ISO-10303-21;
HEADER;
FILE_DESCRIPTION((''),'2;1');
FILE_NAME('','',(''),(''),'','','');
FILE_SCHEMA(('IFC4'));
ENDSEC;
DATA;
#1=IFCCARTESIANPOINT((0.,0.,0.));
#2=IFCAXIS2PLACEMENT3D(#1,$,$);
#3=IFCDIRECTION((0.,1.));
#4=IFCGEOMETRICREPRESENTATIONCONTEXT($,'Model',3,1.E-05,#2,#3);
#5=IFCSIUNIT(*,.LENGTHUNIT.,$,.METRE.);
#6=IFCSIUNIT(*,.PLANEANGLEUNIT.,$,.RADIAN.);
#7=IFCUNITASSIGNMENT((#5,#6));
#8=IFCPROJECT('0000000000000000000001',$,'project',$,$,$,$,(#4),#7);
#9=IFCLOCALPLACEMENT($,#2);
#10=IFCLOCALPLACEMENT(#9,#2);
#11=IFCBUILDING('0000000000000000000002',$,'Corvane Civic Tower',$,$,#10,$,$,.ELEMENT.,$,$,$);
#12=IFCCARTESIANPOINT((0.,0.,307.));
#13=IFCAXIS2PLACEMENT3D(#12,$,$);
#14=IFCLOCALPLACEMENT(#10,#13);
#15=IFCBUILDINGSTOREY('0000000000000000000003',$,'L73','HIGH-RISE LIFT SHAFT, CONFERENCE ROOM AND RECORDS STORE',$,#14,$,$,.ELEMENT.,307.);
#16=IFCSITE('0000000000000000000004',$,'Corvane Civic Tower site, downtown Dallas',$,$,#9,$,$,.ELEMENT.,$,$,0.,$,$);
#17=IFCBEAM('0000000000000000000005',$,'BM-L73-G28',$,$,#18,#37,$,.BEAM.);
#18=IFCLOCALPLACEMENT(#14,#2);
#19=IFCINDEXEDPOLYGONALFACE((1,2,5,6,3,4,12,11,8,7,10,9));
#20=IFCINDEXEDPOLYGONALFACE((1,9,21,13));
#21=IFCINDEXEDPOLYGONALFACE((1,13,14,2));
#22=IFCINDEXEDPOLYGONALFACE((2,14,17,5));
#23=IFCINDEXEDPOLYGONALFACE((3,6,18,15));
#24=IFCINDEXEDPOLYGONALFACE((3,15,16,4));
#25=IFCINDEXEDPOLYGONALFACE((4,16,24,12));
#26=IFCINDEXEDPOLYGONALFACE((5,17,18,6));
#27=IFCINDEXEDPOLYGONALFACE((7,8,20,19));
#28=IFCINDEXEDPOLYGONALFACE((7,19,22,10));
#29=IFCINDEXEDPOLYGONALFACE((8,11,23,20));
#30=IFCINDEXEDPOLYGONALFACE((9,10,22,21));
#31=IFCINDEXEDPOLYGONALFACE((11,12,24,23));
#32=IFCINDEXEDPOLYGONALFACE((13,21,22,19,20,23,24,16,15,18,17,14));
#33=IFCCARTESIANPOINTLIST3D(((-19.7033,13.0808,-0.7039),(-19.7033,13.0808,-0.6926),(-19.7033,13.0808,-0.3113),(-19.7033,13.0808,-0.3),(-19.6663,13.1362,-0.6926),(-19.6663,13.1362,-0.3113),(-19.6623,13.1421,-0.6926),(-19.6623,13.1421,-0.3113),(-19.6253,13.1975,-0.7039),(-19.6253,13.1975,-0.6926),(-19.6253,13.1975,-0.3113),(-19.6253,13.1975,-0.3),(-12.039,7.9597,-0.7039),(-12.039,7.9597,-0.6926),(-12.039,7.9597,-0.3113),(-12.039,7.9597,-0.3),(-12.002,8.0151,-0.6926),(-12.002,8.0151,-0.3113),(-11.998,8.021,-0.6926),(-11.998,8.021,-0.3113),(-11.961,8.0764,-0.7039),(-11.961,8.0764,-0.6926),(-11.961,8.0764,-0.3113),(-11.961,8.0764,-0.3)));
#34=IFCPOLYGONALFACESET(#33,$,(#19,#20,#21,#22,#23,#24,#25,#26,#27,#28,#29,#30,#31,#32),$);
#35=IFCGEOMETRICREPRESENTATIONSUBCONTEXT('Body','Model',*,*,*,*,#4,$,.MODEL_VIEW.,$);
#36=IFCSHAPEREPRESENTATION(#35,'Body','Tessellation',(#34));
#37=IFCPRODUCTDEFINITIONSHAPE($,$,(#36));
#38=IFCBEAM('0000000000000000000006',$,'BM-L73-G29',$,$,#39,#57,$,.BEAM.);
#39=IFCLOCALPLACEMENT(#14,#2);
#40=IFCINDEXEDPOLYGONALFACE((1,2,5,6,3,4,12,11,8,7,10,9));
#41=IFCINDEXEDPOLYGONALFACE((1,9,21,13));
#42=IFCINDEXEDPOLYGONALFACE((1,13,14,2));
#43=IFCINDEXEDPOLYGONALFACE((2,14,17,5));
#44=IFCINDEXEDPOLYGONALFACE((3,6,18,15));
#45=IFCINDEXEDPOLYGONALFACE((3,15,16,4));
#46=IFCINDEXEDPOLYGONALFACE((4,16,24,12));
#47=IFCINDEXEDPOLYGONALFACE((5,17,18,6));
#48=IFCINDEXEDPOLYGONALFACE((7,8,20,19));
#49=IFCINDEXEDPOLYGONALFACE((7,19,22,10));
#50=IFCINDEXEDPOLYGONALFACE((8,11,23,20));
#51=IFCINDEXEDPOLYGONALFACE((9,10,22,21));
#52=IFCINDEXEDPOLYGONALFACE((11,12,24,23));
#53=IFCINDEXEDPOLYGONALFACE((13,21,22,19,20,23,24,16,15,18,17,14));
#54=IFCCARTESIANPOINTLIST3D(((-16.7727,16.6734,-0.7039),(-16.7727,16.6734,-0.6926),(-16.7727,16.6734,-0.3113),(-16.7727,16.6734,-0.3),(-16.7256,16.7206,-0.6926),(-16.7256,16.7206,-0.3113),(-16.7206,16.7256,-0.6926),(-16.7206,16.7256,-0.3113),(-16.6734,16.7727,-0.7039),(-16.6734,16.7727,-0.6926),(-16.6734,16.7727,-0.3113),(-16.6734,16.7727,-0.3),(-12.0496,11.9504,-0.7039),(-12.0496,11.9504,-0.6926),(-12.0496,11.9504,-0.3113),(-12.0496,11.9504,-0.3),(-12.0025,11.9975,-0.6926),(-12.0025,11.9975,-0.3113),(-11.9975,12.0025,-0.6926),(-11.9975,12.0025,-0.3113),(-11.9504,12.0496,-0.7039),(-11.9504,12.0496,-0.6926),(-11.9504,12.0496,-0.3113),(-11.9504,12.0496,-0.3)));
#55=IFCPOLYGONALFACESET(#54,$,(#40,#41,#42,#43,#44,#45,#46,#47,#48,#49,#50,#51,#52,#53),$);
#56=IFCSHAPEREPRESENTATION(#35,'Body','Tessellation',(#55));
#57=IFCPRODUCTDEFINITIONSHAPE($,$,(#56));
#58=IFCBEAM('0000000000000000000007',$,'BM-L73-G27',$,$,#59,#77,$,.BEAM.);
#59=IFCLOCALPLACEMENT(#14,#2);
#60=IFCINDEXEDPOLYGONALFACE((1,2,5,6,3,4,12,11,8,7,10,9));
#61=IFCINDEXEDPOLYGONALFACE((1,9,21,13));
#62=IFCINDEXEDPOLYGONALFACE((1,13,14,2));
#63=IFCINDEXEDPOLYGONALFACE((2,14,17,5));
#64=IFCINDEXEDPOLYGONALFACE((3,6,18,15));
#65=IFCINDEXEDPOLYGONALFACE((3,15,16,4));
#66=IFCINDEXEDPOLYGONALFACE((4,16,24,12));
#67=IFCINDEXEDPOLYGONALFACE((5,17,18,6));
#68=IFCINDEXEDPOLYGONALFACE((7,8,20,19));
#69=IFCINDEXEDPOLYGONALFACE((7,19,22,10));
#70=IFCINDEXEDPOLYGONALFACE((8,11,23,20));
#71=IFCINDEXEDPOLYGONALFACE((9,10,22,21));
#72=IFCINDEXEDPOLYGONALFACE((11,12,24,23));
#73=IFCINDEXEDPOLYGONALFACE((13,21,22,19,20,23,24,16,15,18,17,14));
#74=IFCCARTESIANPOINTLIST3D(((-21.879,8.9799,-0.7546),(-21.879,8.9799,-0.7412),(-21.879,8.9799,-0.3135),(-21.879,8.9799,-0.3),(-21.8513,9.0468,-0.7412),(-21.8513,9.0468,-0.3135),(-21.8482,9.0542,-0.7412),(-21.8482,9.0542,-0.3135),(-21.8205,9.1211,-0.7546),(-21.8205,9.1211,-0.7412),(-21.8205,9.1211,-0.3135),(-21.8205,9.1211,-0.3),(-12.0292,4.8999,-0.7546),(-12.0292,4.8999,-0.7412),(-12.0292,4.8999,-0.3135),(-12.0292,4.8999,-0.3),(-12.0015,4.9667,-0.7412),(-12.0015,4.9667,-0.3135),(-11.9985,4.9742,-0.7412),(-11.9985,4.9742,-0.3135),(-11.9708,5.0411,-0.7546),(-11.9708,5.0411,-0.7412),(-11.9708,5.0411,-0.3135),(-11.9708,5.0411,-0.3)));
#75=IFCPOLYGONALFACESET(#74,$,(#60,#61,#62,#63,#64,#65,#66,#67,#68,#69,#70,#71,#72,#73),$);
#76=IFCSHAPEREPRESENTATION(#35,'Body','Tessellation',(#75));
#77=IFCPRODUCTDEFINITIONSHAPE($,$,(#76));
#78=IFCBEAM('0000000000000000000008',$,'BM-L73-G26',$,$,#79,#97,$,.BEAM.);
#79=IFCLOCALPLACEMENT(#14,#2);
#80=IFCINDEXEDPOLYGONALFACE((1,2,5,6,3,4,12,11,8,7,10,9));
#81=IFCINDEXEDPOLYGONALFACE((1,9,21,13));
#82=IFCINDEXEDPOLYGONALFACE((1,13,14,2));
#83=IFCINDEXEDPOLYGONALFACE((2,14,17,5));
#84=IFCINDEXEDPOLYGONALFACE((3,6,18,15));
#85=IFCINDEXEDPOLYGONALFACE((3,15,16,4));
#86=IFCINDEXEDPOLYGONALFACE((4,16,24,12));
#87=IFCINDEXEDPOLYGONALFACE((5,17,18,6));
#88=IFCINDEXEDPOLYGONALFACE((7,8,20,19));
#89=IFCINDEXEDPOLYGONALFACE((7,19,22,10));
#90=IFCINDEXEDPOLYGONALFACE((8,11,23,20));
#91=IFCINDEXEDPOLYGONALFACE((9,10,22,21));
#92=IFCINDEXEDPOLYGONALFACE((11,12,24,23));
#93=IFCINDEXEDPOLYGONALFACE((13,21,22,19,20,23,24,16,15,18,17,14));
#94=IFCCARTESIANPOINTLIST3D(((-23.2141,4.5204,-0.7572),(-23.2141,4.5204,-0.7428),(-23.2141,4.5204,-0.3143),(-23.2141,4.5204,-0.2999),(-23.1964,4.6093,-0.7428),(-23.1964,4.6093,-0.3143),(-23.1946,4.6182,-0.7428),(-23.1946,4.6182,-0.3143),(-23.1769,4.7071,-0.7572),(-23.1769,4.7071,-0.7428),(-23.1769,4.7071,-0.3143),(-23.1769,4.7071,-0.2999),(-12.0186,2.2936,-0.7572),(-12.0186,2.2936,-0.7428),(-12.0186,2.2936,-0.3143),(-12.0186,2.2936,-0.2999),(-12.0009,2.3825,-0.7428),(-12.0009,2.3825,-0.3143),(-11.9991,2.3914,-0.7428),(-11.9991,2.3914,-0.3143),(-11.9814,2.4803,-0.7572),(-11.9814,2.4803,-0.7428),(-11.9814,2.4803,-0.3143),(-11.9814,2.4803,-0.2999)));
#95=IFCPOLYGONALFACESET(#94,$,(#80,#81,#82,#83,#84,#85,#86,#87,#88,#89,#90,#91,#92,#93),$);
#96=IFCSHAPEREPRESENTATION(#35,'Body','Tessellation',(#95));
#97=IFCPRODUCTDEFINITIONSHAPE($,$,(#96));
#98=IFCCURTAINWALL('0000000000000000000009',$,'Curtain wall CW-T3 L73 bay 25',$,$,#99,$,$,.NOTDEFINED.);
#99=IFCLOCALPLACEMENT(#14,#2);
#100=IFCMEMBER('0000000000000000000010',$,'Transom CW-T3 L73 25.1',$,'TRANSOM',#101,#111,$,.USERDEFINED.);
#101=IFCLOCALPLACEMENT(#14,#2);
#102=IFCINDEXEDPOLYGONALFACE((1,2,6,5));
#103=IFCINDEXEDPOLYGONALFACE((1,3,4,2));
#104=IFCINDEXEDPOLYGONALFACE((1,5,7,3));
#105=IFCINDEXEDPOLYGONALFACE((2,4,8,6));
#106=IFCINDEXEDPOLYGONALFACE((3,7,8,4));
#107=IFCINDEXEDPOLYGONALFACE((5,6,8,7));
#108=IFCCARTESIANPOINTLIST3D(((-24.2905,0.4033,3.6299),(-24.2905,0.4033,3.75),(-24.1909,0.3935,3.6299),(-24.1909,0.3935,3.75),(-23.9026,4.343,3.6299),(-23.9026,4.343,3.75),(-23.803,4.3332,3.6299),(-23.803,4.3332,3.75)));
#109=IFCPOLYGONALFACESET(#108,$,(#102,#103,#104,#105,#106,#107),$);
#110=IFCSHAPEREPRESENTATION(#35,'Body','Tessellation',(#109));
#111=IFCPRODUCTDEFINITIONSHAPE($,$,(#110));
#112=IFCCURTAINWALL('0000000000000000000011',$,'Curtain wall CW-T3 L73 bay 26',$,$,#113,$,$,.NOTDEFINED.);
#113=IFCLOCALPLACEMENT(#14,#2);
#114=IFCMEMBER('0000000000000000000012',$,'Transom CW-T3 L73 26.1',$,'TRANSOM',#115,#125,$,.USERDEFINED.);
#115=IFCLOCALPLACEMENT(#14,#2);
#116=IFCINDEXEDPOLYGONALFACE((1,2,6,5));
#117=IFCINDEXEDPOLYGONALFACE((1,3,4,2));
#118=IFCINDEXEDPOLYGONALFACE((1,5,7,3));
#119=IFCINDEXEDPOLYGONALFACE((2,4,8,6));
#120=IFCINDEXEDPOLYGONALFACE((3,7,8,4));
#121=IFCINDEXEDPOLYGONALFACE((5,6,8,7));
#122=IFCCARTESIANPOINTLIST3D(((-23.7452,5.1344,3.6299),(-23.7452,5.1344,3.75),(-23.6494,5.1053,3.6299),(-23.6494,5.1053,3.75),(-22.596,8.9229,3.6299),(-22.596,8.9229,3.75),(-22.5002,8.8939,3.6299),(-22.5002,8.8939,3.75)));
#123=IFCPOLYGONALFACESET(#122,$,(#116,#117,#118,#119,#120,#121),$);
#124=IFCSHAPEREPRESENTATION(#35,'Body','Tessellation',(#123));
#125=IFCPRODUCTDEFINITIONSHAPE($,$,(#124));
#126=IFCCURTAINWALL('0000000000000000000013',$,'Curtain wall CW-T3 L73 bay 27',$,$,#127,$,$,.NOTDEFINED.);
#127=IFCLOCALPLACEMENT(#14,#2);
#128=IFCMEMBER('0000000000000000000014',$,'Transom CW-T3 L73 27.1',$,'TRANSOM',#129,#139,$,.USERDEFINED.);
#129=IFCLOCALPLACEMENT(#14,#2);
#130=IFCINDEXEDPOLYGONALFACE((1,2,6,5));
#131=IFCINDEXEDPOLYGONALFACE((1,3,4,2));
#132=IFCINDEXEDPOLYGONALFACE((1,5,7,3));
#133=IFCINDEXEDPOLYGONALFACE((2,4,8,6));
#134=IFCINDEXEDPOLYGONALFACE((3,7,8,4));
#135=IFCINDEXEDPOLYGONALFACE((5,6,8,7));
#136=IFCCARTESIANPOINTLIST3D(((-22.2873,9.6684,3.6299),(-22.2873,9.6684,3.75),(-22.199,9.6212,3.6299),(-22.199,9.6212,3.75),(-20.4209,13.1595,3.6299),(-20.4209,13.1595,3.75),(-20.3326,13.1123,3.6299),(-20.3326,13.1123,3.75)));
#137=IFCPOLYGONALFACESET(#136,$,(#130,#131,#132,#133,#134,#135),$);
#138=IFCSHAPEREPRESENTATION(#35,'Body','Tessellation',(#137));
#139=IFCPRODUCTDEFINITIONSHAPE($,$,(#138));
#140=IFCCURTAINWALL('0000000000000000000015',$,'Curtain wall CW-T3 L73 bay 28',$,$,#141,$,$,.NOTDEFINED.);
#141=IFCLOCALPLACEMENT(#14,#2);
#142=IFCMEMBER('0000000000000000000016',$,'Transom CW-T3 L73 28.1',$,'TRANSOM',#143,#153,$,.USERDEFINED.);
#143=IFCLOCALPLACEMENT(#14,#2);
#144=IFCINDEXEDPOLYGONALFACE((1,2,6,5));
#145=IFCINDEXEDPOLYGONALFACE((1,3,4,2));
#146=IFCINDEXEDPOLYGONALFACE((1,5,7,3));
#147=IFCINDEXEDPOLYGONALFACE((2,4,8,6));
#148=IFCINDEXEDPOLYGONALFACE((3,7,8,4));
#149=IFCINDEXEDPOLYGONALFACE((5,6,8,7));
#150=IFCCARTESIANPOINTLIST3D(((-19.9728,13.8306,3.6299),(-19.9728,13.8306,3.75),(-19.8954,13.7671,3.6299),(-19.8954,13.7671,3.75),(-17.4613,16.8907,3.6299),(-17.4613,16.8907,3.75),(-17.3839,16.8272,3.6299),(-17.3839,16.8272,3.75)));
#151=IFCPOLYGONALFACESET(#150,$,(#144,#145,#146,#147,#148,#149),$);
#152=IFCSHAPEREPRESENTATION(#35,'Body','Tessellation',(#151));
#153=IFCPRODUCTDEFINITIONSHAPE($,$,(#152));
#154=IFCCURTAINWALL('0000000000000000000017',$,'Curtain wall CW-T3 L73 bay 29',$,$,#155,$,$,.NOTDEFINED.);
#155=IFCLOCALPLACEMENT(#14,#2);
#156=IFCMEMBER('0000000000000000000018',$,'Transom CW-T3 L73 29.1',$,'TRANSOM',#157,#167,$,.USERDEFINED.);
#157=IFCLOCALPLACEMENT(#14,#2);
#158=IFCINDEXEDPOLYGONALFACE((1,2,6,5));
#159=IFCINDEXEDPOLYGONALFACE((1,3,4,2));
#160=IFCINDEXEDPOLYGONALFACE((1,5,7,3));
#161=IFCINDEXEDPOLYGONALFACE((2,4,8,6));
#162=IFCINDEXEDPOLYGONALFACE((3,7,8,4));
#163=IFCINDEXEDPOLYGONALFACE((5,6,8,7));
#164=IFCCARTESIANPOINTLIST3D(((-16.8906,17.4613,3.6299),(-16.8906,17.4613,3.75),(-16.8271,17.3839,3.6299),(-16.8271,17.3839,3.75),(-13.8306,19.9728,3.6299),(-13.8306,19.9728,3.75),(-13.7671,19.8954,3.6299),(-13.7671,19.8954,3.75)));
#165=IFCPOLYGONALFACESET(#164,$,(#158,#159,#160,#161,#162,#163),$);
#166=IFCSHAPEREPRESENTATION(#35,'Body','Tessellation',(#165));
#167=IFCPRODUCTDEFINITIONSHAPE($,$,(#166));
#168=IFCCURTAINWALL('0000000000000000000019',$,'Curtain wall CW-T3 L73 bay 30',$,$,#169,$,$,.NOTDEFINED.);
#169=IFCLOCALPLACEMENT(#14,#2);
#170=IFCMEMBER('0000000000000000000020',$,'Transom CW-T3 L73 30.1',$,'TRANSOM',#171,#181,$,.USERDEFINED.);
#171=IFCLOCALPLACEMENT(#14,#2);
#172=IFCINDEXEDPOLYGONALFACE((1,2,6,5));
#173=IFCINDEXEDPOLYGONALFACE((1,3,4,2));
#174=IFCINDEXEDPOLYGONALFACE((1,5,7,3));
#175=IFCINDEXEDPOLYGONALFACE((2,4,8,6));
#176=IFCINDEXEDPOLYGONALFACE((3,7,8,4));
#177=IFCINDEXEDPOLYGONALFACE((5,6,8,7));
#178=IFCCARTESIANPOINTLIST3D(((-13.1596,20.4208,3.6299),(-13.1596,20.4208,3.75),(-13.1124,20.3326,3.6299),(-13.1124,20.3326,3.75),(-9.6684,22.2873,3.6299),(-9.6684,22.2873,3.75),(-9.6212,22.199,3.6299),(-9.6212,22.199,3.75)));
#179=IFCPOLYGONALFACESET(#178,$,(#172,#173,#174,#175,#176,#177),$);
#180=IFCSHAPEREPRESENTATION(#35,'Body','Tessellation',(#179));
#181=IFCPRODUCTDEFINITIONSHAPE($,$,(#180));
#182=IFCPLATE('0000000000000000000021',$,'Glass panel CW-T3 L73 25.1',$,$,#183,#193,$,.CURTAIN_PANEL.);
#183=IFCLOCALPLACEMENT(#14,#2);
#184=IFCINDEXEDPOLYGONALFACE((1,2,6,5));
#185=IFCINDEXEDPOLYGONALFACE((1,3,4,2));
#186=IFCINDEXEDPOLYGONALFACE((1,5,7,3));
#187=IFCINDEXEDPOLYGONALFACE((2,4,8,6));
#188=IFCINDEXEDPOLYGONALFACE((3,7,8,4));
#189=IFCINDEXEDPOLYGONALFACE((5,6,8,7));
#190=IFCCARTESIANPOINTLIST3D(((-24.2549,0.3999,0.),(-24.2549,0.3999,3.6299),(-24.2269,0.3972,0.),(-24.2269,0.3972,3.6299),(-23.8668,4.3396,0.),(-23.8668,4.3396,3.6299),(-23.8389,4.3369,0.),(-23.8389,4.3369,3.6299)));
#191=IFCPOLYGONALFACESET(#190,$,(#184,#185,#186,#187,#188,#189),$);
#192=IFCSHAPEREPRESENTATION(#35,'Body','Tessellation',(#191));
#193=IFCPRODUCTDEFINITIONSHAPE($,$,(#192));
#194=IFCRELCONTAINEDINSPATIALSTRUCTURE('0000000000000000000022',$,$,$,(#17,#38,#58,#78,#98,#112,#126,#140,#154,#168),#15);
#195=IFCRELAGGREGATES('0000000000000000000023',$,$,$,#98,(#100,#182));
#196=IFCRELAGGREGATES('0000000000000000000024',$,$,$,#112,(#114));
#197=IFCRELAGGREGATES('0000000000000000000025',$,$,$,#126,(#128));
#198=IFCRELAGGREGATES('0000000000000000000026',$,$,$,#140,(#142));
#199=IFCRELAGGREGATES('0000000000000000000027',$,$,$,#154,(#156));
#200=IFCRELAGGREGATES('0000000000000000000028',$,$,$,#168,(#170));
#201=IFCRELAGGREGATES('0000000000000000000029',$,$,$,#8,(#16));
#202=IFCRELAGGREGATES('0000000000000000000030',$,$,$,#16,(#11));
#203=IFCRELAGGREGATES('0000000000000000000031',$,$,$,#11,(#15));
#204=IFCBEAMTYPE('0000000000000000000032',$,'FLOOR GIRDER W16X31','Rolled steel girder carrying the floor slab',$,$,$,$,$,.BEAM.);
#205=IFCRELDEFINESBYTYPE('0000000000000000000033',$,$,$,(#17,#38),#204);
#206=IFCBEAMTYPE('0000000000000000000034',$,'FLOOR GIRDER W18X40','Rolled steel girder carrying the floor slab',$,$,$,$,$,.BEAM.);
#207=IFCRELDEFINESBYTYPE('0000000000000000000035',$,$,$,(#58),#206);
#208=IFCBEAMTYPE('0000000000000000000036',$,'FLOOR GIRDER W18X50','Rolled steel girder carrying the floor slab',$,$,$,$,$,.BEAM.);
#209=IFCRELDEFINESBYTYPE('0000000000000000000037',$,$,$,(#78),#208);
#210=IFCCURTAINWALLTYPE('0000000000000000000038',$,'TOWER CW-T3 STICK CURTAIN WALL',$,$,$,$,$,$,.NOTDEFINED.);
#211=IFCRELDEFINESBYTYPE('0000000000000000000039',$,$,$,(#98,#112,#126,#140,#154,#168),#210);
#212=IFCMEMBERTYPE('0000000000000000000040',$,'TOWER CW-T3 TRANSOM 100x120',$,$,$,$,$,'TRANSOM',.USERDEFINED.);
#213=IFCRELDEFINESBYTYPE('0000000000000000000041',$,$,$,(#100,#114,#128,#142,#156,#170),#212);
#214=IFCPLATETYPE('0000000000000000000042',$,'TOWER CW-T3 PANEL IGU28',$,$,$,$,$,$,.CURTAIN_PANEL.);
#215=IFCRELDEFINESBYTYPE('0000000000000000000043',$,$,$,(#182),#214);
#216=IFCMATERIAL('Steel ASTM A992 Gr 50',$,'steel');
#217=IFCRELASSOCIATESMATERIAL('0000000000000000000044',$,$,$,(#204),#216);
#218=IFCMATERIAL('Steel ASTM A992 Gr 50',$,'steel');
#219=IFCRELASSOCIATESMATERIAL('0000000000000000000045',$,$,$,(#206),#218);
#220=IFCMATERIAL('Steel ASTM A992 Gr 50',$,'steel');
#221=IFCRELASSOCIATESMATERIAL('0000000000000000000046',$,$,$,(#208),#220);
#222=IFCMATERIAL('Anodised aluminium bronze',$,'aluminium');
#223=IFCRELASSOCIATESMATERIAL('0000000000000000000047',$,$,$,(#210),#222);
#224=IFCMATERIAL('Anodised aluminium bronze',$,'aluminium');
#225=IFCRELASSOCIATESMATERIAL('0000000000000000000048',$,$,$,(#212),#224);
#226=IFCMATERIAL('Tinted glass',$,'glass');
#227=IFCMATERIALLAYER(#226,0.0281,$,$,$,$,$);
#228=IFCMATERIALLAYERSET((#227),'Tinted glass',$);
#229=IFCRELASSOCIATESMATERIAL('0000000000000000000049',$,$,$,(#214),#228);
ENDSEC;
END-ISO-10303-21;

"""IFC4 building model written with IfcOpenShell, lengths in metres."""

from ifc_helpers import new_model, si_unit, direction, frame, origin, origin_2d, place, context, subcontext, project, spatial, rectangle, i_section, extrude, material, layer, layer_set, material_profile, profile_set, type_object, element, aggregate, save


model = new_model("IFC4")

# Units and contexts
model_context = context("Model", 3, precision=1e-05, world=origin(), true_north=direction((0.0, 1.0)))
body_context = subcontext(model_context, "Body", "Model", "MODEL_VIEW")
ifc_project = project(units=[si_unit("LENGTHUNIT", "METRE"), si_unit("PLANEANGLEUNIT", "RADIAN")], contexts=[model_context])

# Site, building, storey
site_placement = place(None, origin())
site = spatial("IfcSite", under=ifc_project, at=site_placement, Name="Corvane Civic Tower site, downtown Dallas", CompositionType="ELEMENT", RefElevation=0.0)
building_placement = place(site_placement, origin())
building = spatial("IfcBuilding", under=site, at=building_placement, Name="Corvane Civic Tower", CompositionType="ELEMENT")
storey_placement = place(building_placement, frame((0.0, 0.0, 307.0)))
storey = spatial("IfcBuildingStorey", under=building, at=storey_placement, Name="L73", Description="HIGH-RISE LIFT SHAFT, CONFERENCE ROOM AND RECORDS STORE", CompositionType="ELEMENT", Elevation=307.0)

# Beams
ifc_material_1 = material(Name="Steel ASTM A992 Gr 50", Category="steel")
ifc_material_profile_1 = material_profile(ifc_material_1, i_section(OverallWidth=0.1404, OverallDepth=0.4038, WebThickness=0.0071, FlangeThickness=0.0112, at=origin_2d()), Name="W16X31")
ifc_profile_set_1 = profile_set([ifc_material_profile_1], Name="Steel ASTM A992 Gr 50")
beam_type_1 = type_object("IfcBeamType", Name="FLOOR GIRDER W16X31", Description="Rolled steel girder carrying the floor slab", PredefinedType="BEAM", material=ifc_profile_set_1)
beam_1_placement = place(storey_placement, frame((-12.0, 8.0181, -0.502), z_axis=(-0.831471, 0.555568, 0.0), x_axis=(-0.555568, -0.831471, 0.0)))
element("IfcBeam", 1, at=beam_1_placement, inside=storey, type_object=beam_type_1, Name="BM-L73-G28", PredefinedType="BEAM", context=body_context, shape_type="SweptSolid", body=[
    extrude(i_section(OverallWidth=0.1404, OverallDepth=0.4038, WebThickness=0.0071, FlangeThickness=0.0112, at=origin_2d()), origin(), (0.0, 0.0, 1.0), 9.2178),
])
beam_2_placement = place(storey_placement, frame((-12.0, 12.0, -0.502), z_axis=(-0.707107, 0.707107, 0.0), x_axis=(-0.707107, -0.707107, 0.0)))
element("IfcBeam", 2, at=beam_2_placement, inside=storey, type_object=beam_type_1, Name="BM-L73-G29", PredefinedType="BEAM", context=body_context, shape_type="SweptSolid", body=[
    extrude(i_section(OverallWidth=0.1404, OverallDepth=0.4038, WebThickness=0.0071, FlangeThickness=0.0112, at=origin_2d()), origin(), (0.0, 0.0, 1.0), 6.6794),
])
ifc_material_2 = material(Name="Steel ASTM A992 Gr 50", Category="steel")
ifc_material_profile_2 = material_profile(ifc_material_2, i_section(OverallWidth=0.1528, OverallDepth=0.4546, WebThickness=0.0081, FlangeThickness=0.0134, at=origin_2d()), Name="W18X40")
ifc_profile_set_2 = profile_set([ifc_material_profile_2], Name="Steel ASTM A992 Gr 50")
beam_type_2 = type_object("IfcBeamType", Name="FLOOR GIRDER W18X40", Description="Rolled steel girder carrying the floor slab", PredefinedType="BEAM", material=ifc_profile_set_2)
beam_3_placement = place(storey_placement, frame((-12.0, 4.9705, -0.5273), z_axis=(-0.923875, 0.382694, 0.0), x_axis=(-0.382694, -0.923875, 0.0)))
element("IfcBeam", 3, at=beam_3_placement, inside=storey, type_object=beam_type_2, Name="BM-L73-G27", PredefinedType="BEAM", context=body_context, shape_type="SweptSolid", body=[
    extrude(i_section(OverallWidth=0.1528, OverallDepth=0.4546, WebThickness=0.0081, FlangeThickness=0.0134, at=origin_2d()), origin(), (0.0, 0.0, 1.0), 10.6614),
])
ifc_material_3 = material(Name="Steel ASTM A992 Gr 50", Category="steel")
ifc_material_profile_3 = material_profile(ifc_material_3, i_section(OverallWidth=0.1904, OverallDepth=0.4573, WebThickness=0.009, FlangeThickness=0.0144, at=origin_2d()), Name="W18X50")
ifc_profile_set_3 = profile_set([ifc_material_profile_3], Name="Steel ASTM A992 Gr 50")
beam_type_3 = type_object("IfcBeamType", Name="FLOOR GIRDER W18X50", Description="Rolled steel girder carrying the floor slab", PredefinedType="BEAM", material=ifc_profile_set_3)
beam_4_placement = place(storey_placement, frame((-12.0, 2.387, -0.5286), z_axis=(-0.980787, 0.19508, 0.0), x_axis=(-0.19508, -0.980787, 0.0)))
element("IfcBeam", 4, at=beam_4_placement, inside=storey, type_object=beam_type_3, Name="BM-L73-G26", PredefinedType="BEAM", context=body_context, shape_type="SweptSolid", body=[
    extrude(i_section(OverallWidth=0.1904, OverallDepth=0.4573, WebThickness=0.009, FlangeThickness=0.0144, at=origin_2d()), origin(), (0.0, 0.0, 1.0), 11.4148),
])

# Curtain walls, members
ifc_material_4 = material(Name="Anodised aluminium bronze", Category="aluminium")
curtain_wall_type = type_object("IfcCurtainWallType", Name="TOWER CW-T3 STICK CURTAIN WALL", PredefinedType="NOTDEFINED", material=ifc_material_4)
curtain_wall_1_placement = place(storey_placement, origin())
curtain_wall_1 = element("IfcCurtainWall", 5, at=curtain_wall_1_placement, inside=storey, type_object=curtain_wall_type, Name="Curtain wall CW-T3 L73 bay 25", PredefinedType="NOTDEFINED")
ifc_material_5 = material(Name="Anodised aluminium bronze", Category="aluminium")
ifc_material_profile_4 = material_profile(ifc_material_5, rectangle(XDim=0.1001, YDim=0.1201, at=origin_2d()), Name="TOWER CW-T3 TRANSOM 100x120")
ifc_profile_set_4 = profile_set([ifc_material_profile_4], Name="Anodised aluminium bronze")
member_type = type_object("IfcMemberType", Name="TOWER CW-T3 TRANSOM 100x120", ElementType="TRANSOM", PredefinedType="USERDEFINED", material=ifc_profile_set_4)
member_1_placement = place(storey_placement, frame((-24.2407, 0.3984, 3.6899), z_axis=(0.097995, 0.995187, 0.0), x_axis=(-0.995187, 0.097995, 0.0)))
member_1 = element("IfcMember", 6, at=member_1_placement, type_object=member_type, Name="Transom CW-T3 L73 25.1", ObjectType="TRANSOM", PredefinedType="USERDEFINED", context=body_context, shape_type="SweptSolid", body=[
    extrude(rectangle(XDim=0.1001, YDim=0.1201, at=origin_2d()), origin(), (0.0, 0.0, 1.0), 3.9587),
])
curtain_wall_2_placement = place(storey_placement, origin())
curtain_wall_2 = element("IfcCurtainWall", 7, at=curtain_wall_2_placement, inside=storey, type_object=curtain_wall_type, Name="Curtain wall CW-T3 L73 bay 26", PredefinedType="NOTDEFINED")
member_2_placement = place(storey_placement, frame((-23.6973, 5.1199, 3.6899), z_axis=(0.290266, 0.956946, 0.0), x_axis=(-0.956946, 0.290266, 0.0)))
member_2 = element("IfcMember", 8, at=member_2_placement, type_object=member_type, Name="Transom CW-T3 L73 26.1", ObjectType="TRANSOM", PredefinedType="USERDEFINED", context=body_context, shape_type="SweptSolid", body=[
    extrude(rectangle(XDim=0.1001, YDim=0.1201, at=origin_2d()), origin(), (0.0, 0.0, 1.0), 3.959),
])
curtain_wall_3_placement = place(storey_placement, origin())
curtain_wall_3 = element("IfcCurtainWall", 9, at=curtain_wall_3_placement, inside=storey, type_object=curtain_wall_type, Name="Curtain wall CW-T3 L73 bay 27", PredefinedType="NOTDEFINED")
member_3_placement = place(storey_placement, frame((-22.2432, 9.6448, 3.6899), z_axis=(0.471468, 0.881883, 0.0), x_axis=(-0.881883, 0.471468, 0.0)))
member_3 = element("IfcMember", 10, at=member_3_placement, type_object=member_type, Name="Transom CW-T3 L73 27.1", ObjectType="TRANSOM", PredefinedType="USERDEFINED", context=body_context, shape_type="SweptSolid", body=[
    extrude(rectangle(XDim=0.1001, YDim=0.1201, at=origin_2d()), origin(), (0.0, 0.0, 1.0), 3.9587),
])
curtain_wall_4_placement = place(storey_placement, origin())
curtain_wall_4 = element("IfcCurtainWall", 11, at=curtain_wall_4_placement, inside=storey, type_object=curtain_wall_type, Name="Curtain wall CW-T3 L73 bay 28", PredefinedType="NOTDEFINED")
member_4_placement = place(storey_placement, frame((-19.9341, 13.7988, 3.6899), z_axis=(0.634416, 0.772992, 0.0), x_axis=(-0.772992, 0.634416, 0.0)))
member_4 = element("IfcMember", 12, at=member_4_placement, type_object=member_type, Name="Transom CW-T3 L73 28.1", ObjectType="TRANSOM", PredefinedType="USERDEFINED", context=body_context, shape_type="SweptSolid", body=[
    extrude(rectangle(XDim=0.1001, YDim=0.1201, at=origin_2d()), origin(), (0.0, 0.0, 1.0), 3.9587),
])
curtain_wall_5_placement = place(storey_placement, origin())
curtain_wall_5 = element("IfcCurtainWall", 13, at=curtain_wall_5_placement, inside=storey, type_object=curtain_wall_type, Name="Curtain wall CW-T3 L73 bay 29", PredefinedType="NOTDEFINED")
member_5_placement = place(storey_placement, frame((-16.8589, 17.4226, 3.6899), z_axis=(0.772992, 0.634416, 0.0), x_axis=(-0.634416, 0.772992, 0.0)))
member_5 = element("IfcMember", 14, at=member_5_placement, type_object=member_type, Name="Transom CW-T3 L73 29.1", ObjectType="TRANSOM", PredefinedType="USERDEFINED", context=body_context, shape_type="SweptSolid", body=[
    extrude(rectangle(XDim=0.1001, YDim=0.1201, at=origin_2d()), origin(), (0.0, 0.0, 1.0), 3.9587),
])
curtain_wall_6_placement = place(storey_placement, origin())
curtain_wall_6 = element("IfcCurtainWall", 15, at=curtain_wall_6_placement, inside=storey, type_object=curtain_wall_type, Name="Curtain wall CW-T3 L73 bay 30", PredefinedType="NOTDEFINED")
member_6_placement = place(storey_placement, frame((-13.136, 20.3767, 3.6899), z_axis=(0.881883, 0.471468, 0.0), x_axis=(-0.471468, 0.881883, 0.0)))
member_6 = element("IfcMember", 16, at=member_6_placement, type_object=member_type, Name="Transom CW-T3 L73 30.1", ObjectType="TRANSOM", PredefinedType="USERDEFINED", context=body_context, shape_type="SweptSolid", body=[
    extrude(rectangle(XDim=0.1001, YDim=0.1201, at=origin_2d()), origin(), (0.0, 0.0, 1.0), 3.9587),
])

# Plate
ifc_material_6 = material(Name="Tinted glass", Category="glass")
ifc_layer_1 = layer(ifc_material_6, 0.0281)
ifc_layer_set_1 = layer_set([ifc_layer_1], Name="Tinted glass")
plate_type = type_object("IfcPlateType", Name="TOWER CW-T3 PANEL IGU28", PredefinedType="CURTAIN_PANEL", material=ifc_layer_set_1)
plate_1_placement = place(storey_placement, frame((-24.0469, 2.3684, 0.0), z_axis=(0.0, 0.0, 1.0), x_axis=(0.098021, 0.995184, 0.0)))
plate_1 = element("IfcPlate", 17, at=plate_1_placement, type_object=plate_type, Name="Glass panel CW-T3 L73 25.1", PredefinedType="CURTAIN_PANEL", context=body_context, shape_type="SweptSolid", body=[
    extrude(rectangle(XDim=3.9587, YDim=0.0281, at=origin_2d()), origin(), (0.0, 0.0, 1.0), 3.6299),
])
aggregate(curtain_wall_1, [member_1, plate_1])
aggregate(curtain_wall_2, [member_2])
aggregate(curtain_wall_3, [member_3])
aggregate(curtain_wall_4, [member_4])
aggregate(curtain_wall_5, [member_5])
aggregate(curtain_wall_6, [member_6])

save(model, "model.ifc")
